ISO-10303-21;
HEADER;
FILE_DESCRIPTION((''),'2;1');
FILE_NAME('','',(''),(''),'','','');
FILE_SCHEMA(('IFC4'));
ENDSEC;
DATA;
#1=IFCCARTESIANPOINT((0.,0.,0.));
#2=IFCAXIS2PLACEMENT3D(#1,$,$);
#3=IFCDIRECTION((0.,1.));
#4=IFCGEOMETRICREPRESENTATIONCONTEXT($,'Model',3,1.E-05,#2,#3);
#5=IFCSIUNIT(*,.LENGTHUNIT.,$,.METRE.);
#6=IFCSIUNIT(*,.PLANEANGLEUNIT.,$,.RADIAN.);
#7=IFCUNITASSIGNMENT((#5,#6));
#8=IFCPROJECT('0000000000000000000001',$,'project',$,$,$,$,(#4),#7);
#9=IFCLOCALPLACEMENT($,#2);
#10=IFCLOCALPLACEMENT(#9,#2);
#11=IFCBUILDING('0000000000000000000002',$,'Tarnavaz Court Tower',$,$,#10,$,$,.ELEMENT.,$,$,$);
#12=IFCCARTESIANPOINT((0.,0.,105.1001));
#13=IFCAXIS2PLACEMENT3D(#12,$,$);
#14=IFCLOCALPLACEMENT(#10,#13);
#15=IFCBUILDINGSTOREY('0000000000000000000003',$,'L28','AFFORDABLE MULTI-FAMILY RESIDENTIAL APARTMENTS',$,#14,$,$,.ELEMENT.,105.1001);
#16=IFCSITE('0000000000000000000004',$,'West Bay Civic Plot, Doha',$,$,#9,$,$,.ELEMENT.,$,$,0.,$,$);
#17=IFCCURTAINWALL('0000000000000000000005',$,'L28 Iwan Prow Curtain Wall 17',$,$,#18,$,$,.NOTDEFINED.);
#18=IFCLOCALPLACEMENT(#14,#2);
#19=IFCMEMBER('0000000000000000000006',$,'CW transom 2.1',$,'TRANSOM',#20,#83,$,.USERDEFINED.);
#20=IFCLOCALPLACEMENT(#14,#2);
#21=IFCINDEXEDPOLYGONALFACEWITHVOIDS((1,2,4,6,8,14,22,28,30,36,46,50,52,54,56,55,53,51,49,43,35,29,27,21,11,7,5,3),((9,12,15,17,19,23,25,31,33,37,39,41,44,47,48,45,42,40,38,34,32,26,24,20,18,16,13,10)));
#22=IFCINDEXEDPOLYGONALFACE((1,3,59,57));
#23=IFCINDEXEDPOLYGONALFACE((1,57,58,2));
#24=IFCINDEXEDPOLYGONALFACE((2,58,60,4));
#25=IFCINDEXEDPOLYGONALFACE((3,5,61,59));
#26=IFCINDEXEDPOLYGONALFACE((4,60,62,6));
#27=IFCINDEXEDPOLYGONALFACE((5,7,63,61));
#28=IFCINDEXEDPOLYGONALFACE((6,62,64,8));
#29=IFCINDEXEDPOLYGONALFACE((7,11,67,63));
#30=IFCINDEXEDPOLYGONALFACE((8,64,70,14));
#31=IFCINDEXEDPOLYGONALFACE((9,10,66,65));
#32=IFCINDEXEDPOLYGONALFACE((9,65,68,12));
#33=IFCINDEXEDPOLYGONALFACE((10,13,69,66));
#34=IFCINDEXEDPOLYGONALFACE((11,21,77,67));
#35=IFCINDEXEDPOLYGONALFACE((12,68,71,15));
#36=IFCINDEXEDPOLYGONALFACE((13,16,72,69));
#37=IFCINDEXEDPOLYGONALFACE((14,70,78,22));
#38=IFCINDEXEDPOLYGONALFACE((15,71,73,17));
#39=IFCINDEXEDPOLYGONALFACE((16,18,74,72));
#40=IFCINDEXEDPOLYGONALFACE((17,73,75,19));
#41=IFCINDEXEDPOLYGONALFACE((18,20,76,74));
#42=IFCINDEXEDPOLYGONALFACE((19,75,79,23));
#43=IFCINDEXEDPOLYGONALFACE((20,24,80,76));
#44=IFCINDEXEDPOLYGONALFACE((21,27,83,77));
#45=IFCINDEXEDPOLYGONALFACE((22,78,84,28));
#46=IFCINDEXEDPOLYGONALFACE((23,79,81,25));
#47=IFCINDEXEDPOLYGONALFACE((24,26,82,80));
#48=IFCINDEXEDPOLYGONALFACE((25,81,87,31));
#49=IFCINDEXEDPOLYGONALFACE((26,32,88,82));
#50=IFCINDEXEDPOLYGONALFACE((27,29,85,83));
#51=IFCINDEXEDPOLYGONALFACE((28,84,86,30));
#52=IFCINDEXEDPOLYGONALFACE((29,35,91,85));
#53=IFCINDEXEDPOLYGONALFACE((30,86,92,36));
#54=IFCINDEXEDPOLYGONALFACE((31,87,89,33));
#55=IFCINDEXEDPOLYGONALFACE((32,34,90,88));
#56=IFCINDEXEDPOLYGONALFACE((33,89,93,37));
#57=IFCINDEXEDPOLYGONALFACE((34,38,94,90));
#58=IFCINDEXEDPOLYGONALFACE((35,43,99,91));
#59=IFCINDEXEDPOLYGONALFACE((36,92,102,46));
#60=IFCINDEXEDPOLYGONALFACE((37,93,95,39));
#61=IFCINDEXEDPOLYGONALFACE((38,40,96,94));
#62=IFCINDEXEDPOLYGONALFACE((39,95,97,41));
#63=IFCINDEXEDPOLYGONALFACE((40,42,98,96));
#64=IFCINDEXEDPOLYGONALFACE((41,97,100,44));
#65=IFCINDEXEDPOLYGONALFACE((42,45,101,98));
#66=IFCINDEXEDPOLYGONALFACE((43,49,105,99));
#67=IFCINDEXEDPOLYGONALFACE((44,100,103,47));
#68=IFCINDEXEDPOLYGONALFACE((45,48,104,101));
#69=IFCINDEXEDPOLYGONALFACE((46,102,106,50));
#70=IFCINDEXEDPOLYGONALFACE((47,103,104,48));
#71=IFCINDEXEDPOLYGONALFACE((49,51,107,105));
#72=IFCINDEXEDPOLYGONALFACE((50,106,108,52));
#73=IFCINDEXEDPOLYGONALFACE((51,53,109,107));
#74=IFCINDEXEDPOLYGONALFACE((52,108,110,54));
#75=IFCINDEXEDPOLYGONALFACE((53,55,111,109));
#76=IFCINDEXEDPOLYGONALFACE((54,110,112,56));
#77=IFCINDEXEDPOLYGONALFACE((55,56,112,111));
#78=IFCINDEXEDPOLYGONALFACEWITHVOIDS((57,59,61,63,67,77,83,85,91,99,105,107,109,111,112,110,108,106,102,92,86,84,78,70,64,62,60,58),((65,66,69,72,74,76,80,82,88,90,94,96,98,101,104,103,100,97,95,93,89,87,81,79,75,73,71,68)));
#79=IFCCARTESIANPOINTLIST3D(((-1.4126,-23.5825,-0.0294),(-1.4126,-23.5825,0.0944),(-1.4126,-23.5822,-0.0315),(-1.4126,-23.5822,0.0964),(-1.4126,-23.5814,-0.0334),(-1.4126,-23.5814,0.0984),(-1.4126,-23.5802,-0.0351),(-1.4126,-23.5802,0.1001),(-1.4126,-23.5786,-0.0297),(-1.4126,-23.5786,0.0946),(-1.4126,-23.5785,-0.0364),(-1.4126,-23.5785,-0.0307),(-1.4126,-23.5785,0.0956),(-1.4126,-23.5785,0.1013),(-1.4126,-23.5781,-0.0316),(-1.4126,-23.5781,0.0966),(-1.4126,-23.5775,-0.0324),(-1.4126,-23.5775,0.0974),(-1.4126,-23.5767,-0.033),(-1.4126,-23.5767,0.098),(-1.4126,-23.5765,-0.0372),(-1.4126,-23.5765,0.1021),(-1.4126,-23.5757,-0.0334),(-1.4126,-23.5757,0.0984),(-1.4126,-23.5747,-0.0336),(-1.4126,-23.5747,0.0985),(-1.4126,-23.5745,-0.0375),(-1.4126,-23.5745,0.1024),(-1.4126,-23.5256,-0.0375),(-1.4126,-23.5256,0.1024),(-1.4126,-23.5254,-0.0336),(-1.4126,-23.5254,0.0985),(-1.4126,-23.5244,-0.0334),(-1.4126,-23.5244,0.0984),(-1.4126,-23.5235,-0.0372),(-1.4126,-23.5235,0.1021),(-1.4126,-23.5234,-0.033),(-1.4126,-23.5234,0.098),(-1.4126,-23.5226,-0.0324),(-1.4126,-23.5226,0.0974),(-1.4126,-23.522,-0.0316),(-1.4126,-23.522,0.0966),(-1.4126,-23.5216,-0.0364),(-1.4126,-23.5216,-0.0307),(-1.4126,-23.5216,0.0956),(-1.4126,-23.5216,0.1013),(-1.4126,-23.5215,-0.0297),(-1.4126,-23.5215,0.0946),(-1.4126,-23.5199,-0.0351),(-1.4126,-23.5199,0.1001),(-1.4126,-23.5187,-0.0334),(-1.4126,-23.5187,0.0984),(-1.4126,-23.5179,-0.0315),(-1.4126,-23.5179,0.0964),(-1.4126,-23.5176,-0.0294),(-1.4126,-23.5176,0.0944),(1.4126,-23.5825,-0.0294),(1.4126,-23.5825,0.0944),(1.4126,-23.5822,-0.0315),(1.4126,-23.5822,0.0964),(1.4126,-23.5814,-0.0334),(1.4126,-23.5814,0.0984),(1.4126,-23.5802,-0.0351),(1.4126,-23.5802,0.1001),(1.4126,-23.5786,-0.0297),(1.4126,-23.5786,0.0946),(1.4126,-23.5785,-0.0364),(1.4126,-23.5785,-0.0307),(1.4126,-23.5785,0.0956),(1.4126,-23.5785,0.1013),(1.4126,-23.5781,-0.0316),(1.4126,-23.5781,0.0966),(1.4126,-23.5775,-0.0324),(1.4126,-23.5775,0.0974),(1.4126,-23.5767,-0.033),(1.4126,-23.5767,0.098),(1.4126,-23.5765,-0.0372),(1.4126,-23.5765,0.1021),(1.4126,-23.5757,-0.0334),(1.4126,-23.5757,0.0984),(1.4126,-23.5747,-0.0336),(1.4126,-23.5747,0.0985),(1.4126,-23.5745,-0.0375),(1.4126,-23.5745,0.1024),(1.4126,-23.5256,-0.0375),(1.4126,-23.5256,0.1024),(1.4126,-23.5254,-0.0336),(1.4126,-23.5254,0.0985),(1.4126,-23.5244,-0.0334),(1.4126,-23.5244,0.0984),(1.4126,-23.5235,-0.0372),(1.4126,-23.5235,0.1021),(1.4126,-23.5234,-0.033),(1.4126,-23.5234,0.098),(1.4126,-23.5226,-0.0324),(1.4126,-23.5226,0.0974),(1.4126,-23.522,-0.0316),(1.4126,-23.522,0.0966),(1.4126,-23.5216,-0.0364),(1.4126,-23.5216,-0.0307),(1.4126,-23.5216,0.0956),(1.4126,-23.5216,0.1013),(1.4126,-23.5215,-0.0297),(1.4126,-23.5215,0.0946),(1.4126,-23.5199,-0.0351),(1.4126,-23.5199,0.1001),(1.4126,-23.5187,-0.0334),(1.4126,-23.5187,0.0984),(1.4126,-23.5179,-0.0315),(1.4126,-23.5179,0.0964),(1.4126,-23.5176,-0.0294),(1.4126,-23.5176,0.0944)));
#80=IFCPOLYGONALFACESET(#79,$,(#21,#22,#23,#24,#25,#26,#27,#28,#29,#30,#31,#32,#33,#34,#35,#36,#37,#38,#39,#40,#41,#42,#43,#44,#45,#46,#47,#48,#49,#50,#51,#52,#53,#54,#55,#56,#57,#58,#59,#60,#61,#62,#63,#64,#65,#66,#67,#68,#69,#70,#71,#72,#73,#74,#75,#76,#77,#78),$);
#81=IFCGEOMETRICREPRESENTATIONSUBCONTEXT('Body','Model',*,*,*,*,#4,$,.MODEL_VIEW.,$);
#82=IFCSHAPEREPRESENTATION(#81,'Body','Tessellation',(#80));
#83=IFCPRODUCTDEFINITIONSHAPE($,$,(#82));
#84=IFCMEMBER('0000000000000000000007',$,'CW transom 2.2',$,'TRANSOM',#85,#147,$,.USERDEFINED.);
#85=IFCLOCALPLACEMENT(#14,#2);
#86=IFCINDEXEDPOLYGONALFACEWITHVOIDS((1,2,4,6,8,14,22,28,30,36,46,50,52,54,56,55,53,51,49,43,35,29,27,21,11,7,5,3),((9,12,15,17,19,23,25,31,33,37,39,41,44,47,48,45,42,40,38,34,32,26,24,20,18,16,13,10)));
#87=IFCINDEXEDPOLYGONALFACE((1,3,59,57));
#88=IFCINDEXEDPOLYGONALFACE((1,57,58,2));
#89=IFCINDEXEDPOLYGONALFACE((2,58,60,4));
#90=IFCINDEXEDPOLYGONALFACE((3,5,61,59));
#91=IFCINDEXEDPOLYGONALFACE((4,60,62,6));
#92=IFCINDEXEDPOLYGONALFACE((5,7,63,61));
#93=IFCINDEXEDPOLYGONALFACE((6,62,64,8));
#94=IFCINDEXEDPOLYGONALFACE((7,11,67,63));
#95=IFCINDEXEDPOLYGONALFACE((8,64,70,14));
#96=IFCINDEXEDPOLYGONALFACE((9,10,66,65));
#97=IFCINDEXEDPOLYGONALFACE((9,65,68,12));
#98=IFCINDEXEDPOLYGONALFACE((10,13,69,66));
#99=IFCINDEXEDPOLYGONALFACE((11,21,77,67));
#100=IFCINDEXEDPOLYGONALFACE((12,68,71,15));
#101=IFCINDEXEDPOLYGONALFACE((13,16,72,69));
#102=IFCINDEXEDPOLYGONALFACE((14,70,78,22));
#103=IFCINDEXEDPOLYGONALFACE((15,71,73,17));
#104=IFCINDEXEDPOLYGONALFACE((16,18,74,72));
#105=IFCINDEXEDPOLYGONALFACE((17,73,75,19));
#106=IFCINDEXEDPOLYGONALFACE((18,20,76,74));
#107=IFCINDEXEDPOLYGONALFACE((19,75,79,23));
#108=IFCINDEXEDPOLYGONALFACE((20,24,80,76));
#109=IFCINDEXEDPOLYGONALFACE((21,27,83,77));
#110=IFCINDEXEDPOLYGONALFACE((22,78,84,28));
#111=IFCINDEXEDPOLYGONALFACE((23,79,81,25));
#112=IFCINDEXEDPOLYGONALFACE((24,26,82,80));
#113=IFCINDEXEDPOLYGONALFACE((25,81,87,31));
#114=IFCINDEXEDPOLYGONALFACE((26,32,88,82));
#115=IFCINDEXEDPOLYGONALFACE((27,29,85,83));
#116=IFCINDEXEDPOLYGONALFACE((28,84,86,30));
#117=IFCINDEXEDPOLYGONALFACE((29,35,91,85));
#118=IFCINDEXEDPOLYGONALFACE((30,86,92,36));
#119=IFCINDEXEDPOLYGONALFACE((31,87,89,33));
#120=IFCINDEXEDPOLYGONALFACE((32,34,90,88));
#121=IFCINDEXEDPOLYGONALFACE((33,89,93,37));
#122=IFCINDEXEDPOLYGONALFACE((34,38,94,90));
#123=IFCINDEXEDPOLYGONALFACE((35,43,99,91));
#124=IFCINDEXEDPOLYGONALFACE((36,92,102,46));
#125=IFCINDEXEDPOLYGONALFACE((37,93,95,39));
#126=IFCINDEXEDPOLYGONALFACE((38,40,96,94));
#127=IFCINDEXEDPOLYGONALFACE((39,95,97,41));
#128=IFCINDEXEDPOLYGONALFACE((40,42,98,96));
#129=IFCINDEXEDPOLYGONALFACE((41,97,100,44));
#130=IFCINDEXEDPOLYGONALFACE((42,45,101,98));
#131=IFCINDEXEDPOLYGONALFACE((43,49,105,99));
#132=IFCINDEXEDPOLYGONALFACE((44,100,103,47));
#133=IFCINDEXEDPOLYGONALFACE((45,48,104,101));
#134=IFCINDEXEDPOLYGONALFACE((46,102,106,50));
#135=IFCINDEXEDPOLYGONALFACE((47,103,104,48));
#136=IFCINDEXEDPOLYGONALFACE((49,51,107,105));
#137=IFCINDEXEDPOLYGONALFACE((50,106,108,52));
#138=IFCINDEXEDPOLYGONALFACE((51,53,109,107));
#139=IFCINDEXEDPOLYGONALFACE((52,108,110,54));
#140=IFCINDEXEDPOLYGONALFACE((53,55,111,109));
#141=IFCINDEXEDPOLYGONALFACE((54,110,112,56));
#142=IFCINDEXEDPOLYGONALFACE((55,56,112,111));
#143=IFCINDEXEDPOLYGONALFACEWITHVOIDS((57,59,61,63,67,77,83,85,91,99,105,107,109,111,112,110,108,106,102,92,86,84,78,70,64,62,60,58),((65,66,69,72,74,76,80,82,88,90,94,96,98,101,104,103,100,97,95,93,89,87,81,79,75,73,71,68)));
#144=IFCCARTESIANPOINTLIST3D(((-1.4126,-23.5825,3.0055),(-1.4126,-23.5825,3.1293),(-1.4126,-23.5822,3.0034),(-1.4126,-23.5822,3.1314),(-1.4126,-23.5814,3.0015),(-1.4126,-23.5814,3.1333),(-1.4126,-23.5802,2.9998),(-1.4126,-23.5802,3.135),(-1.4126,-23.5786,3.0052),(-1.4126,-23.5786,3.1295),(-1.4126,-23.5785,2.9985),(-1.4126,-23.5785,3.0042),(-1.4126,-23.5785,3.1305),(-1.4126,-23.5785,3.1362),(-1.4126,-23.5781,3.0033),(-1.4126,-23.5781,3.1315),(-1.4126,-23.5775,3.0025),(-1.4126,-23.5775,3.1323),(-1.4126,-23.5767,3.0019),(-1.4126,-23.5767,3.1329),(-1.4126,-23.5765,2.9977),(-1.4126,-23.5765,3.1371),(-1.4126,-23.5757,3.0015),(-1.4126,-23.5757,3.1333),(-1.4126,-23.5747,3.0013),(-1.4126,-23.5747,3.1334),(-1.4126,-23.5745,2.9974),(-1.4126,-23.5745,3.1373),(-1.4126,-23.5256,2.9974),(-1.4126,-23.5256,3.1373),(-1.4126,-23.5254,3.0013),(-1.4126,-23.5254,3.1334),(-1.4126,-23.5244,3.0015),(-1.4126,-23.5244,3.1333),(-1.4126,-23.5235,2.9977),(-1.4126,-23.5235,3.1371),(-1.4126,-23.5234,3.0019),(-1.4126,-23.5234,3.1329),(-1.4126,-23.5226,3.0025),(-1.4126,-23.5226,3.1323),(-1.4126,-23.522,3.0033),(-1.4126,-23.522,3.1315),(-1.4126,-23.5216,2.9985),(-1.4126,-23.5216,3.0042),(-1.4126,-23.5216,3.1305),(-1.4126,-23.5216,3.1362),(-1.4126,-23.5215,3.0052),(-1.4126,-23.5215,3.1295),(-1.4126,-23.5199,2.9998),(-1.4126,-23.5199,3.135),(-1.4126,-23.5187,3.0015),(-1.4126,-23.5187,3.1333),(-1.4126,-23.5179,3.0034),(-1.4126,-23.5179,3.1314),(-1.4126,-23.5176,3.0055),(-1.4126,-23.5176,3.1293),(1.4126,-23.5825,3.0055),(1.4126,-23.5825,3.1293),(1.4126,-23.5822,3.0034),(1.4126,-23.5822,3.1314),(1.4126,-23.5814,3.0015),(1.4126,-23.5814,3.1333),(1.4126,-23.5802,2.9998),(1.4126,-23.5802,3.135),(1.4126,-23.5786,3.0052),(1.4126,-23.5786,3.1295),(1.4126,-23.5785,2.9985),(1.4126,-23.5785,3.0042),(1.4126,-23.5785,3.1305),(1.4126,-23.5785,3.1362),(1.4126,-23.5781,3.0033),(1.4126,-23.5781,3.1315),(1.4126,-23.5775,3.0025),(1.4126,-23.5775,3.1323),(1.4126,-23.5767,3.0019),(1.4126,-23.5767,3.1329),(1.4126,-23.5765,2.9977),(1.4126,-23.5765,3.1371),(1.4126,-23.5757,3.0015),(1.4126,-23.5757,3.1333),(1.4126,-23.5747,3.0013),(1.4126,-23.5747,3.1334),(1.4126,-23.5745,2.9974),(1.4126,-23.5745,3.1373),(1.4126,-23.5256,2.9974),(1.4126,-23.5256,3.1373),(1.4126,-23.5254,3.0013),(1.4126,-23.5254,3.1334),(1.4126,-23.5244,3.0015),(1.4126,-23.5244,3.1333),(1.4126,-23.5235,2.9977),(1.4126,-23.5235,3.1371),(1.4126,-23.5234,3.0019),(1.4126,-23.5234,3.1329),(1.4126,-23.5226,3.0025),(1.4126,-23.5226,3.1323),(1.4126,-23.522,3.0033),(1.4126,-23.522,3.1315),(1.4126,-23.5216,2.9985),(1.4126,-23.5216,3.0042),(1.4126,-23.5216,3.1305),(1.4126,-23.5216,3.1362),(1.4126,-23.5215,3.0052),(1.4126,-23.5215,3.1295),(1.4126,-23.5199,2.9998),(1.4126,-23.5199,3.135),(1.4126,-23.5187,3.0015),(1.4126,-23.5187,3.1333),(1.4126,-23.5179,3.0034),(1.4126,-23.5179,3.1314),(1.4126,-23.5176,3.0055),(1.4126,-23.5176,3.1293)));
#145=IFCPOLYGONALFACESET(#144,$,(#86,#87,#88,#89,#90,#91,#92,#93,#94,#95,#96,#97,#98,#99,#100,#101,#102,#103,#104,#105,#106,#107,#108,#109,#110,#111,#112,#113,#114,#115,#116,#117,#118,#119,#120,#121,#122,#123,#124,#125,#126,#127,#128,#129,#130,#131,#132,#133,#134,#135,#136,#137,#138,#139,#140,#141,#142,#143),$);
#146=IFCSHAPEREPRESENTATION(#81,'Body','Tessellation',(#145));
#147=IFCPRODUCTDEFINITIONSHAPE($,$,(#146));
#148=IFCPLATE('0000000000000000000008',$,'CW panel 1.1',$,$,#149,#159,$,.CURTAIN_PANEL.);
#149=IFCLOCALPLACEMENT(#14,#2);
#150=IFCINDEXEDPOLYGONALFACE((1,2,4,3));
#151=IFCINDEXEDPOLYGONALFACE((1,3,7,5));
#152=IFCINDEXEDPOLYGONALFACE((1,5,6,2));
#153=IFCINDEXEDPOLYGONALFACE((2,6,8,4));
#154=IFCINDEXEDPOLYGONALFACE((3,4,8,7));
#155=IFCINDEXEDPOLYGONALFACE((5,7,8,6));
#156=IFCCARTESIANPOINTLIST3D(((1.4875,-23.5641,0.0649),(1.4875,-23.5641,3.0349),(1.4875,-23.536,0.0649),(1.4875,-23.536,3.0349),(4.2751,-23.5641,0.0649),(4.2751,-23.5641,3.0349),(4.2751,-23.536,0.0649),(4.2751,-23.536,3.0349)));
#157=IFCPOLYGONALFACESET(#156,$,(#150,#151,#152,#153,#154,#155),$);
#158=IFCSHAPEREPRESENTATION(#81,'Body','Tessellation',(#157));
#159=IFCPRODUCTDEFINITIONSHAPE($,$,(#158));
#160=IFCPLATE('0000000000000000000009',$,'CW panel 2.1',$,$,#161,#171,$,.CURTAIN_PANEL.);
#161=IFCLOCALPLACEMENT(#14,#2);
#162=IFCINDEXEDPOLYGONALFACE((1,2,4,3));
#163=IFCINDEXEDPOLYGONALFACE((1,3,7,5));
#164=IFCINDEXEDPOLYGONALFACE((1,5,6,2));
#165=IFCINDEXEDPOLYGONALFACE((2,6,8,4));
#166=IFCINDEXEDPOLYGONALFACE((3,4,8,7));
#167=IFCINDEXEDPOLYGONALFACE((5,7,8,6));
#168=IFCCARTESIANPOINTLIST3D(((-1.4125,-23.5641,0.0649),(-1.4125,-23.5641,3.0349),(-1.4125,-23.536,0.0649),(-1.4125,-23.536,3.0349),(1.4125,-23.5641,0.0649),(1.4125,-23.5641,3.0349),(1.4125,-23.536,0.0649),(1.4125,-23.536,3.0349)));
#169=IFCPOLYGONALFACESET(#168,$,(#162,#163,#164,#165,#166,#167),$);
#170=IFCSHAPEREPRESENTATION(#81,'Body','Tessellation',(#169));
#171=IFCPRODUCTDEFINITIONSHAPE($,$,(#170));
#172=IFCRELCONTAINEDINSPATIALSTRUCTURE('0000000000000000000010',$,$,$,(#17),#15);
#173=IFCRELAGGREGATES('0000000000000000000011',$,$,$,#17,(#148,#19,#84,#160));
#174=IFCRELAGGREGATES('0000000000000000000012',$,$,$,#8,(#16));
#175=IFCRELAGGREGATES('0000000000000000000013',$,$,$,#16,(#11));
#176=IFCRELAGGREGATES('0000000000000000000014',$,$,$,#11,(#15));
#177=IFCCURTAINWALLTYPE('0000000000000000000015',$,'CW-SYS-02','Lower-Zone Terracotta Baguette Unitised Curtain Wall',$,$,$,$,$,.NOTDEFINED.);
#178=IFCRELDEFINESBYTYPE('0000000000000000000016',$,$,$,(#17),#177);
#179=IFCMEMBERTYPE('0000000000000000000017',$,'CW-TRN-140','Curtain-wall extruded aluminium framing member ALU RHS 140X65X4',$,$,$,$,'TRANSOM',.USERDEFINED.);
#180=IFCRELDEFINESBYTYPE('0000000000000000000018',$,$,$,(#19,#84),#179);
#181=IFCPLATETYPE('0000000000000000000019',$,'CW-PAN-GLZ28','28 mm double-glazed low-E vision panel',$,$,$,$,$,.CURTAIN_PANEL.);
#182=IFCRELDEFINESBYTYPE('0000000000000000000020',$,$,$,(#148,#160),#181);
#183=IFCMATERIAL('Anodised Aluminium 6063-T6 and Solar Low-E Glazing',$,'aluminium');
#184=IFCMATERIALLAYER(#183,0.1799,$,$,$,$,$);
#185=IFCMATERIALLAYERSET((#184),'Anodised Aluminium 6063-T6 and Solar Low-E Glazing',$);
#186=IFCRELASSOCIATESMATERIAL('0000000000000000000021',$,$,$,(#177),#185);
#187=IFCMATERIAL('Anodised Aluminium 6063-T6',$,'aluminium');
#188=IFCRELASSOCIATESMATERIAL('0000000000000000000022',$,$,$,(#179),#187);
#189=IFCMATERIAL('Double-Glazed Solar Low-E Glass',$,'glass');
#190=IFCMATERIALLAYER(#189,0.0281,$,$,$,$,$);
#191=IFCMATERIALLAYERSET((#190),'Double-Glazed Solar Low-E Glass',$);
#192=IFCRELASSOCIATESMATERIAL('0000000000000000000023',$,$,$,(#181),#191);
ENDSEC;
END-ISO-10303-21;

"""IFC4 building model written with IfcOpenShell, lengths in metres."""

from ifc_helpers import new_model, si_unit, direction, frame, origin, origin_2d, place, context, subcontext, project, spatial, rectangle, hollow_rectangle, extrude, material, layer, layer_set, material_profile, profile_set, type_object, element, aggregate, save


model = new_model("IFC4")

# Units and contexts
model_context = context("Model", 3, precision=1e-05, world=origin(), true_north=direction((0.0, 1.0)))
body_context = subcontext(model_context, "Body", "Model", "MODEL_VIEW")
ifc_project = project(units=[si_unit("LENGTHUNIT", "METRE"), si_unit("PLANEANGLEUNIT", "RADIAN")], contexts=[model_context])

# Site, building, storey
site_placement = place(None, origin())
site = spatial("IfcSite", under=ifc_project, at=site_placement, Name="West Bay Civic Plot, Doha", CompositionType="ELEMENT", RefElevation=0.0)
building_placement = place(site_placement, origin())
building = spatial("IfcBuilding", under=site, at=building_placement, Name="Tarnavaz Court Tower", CompositionType="ELEMENT")
storey_placement = place(building_placement, frame((0.0, 0.0, 105.1001)))
storey = spatial("IfcBuildingStorey", under=building, at=storey_placement, Name="L28", Description="AFFORDABLE MULTI-FAMILY RESIDENTIAL APARTMENTS", CompositionType="ELEMENT", Elevation=105.1001)

# Curtain wall, members, plates
ifc_material_1 = material(Name="Anodised Aluminium 6063-T6 and Solar Low-E Glazing", Category="aluminium")
ifc_layer_1 = layer(ifc_material_1, 0.1799)
ifc_layer_set_1 = layer_set([ifc_layer_1], Name="Anodised Aluminium 6063-T6 and Solar Low-E Glazing")
curtain_wall_type = type_object("IfcCurtainWallType", Name="CW-SYS-02", Description="Lower-Zone Terracotta Baguette Unitised Curtain Wall", PredefinedType="NOTDEFINED", material=ifc_layer_set_1)
curtain_wall_placement = place(storey_placement, origin())
curtain_wall = element("IfcCurtainWall", 1, at=curtain_wall_placement, inside=storey, type_object=curtain_wall_type, Name="L28 Iwan Prow Curtain Wall 17", PredefinedType="NOTDEFINED")
ifc_material_2 = material(Name="Anodised Aluminium 6063-T6", Category="aluminium")
ifc_material_profile_1 = material_profile(ifc_material_2, hollow_rectangle(XDim=0.0649, YDim=0.1399, WallThickness=0.0039, InnerFilletRadius=0.0039, OuterFilletRadius=0.0081, at=origin_2d()), Name="ALU RHS 140X65X4")
ifc_profile_set_1 = profile_set([ifc_material_profile_1], Name="Anodised Aluminium 6063-T6")
member_type_1 = type_object("IfcMemberType", Name="CW-TRN-140", Description="Curtain-wall extruded aluminium framing member ALU RHS 140X65X4", ElementType="TRANSOM", PredefinedType="USERDEFINED", material=ifc_profile_set_1)
member_1_placement = place(storey_placement, frame((1.4126, -23.55, 0.0325), z_axis=(-1.0, 0.0, 0.0), x_axis=(0.0, -1.0, 0.0)))
member_1 = element("IfcMember", 2, at=member_1_placement, type_object=member_type_1, Name="CW transom 2.1", ObjectType="TRANSOM", PredefinedType="USERDEFINED", context=body_context, shape_type="SweptSolid", body=[
    extrude(hollow_rectangle(XDim=0.0649, YDim=0.1399, WallThickness=0.0039, InnerFilletRadius=0.0039, OuterFilletRadius=0.0081, at=origin_2d()), origin(), (0.0, 0.0, 1.0), 2.8252),
])
member_2_placement = place(storey_placement, frame((1.4126, -23.55, 3.0674), z_axis=(-1.0, 0.0, 0.0), x_axis=(0.0, -1.0, 0.0)))
member_2 = element("IfcMember", 3, at=member_2_placement, type_object=member_type_1, Name="CW transom 2.2", ObjectType="TRANSOM", PredefinedType="USERDEFINED", context=body_context, shape_type="SweptSolid", body=[
    extrude(hollow_rectangle(XDim=0.0649, YDim=0.1399, WallThickness=0.0039, InnerFilletRadius=0.0039, OuterFilletRadius=0.0081, at=origin_2d()), origin(), (0.0, 0.0, 1.0), 2.8252),
])
ifc_material_3 = material(Name="Double-Glazed Solar Low-E Glass", Category="glass")
ifc_layer_2 = layer(ifc_material_3, 0.0281)
ifc_layer_set_2 = layer_set([ifc_layer_2], Name="Double-Glazed Solar Low-E Glass")
plate_type = type_object("IfcPlateType", Name="CW-PAN-GLZ28", Description="28 mm double-glazed low-E vision panel", PredefinedType="CURTAIN_PANEL", material=ifc_layer_set_2)
plate_1_placement = place(storey_placement, frame((2.8813, -23.55, 0.0649), z_axis=(0.0, 0.0, 1.0), x_axis=(-1.0, 0.0, 0.0)))
plate_1 = element("IfcPlate", 4, at=plate_1_placement, type_object=plate_type, Name="CW panel 1.1", PredefinedType="CURTAIN_PANEL", context=body_context, shape_type="SweptSolid", body=[
    extrude(rectangle(XDim=2.7876, YDim=0.0281, at=origin_2d()), origin(), (0.0, 0.0, 1.0), 2.97),
])
plate_2_placement = place(storey_placement, frame((0.0, -23.55, 0.0649), z_axis=(0.0, 0.0, 1.0), x_axis=(-1.0, 0.0, 0.0)))
plate_2 = element("IfcPlate", 5, at=plate_2_placement, type_object=plate_type, Name="CW panel 2.1", PredefinedType="CURTAIN_PANEL", context=body_context, shape_type="SweptSolid", body=[
    extrude(rectangle(XDim=2.825, YDim=0.0281, at=origin_2d()), origin(), (0.0, 0.0, 1.0), 2.97),
])
aggregate(curtain_wall, [plate_1, member_1, member_2, plate_2])

save(model, "model.ifc")
